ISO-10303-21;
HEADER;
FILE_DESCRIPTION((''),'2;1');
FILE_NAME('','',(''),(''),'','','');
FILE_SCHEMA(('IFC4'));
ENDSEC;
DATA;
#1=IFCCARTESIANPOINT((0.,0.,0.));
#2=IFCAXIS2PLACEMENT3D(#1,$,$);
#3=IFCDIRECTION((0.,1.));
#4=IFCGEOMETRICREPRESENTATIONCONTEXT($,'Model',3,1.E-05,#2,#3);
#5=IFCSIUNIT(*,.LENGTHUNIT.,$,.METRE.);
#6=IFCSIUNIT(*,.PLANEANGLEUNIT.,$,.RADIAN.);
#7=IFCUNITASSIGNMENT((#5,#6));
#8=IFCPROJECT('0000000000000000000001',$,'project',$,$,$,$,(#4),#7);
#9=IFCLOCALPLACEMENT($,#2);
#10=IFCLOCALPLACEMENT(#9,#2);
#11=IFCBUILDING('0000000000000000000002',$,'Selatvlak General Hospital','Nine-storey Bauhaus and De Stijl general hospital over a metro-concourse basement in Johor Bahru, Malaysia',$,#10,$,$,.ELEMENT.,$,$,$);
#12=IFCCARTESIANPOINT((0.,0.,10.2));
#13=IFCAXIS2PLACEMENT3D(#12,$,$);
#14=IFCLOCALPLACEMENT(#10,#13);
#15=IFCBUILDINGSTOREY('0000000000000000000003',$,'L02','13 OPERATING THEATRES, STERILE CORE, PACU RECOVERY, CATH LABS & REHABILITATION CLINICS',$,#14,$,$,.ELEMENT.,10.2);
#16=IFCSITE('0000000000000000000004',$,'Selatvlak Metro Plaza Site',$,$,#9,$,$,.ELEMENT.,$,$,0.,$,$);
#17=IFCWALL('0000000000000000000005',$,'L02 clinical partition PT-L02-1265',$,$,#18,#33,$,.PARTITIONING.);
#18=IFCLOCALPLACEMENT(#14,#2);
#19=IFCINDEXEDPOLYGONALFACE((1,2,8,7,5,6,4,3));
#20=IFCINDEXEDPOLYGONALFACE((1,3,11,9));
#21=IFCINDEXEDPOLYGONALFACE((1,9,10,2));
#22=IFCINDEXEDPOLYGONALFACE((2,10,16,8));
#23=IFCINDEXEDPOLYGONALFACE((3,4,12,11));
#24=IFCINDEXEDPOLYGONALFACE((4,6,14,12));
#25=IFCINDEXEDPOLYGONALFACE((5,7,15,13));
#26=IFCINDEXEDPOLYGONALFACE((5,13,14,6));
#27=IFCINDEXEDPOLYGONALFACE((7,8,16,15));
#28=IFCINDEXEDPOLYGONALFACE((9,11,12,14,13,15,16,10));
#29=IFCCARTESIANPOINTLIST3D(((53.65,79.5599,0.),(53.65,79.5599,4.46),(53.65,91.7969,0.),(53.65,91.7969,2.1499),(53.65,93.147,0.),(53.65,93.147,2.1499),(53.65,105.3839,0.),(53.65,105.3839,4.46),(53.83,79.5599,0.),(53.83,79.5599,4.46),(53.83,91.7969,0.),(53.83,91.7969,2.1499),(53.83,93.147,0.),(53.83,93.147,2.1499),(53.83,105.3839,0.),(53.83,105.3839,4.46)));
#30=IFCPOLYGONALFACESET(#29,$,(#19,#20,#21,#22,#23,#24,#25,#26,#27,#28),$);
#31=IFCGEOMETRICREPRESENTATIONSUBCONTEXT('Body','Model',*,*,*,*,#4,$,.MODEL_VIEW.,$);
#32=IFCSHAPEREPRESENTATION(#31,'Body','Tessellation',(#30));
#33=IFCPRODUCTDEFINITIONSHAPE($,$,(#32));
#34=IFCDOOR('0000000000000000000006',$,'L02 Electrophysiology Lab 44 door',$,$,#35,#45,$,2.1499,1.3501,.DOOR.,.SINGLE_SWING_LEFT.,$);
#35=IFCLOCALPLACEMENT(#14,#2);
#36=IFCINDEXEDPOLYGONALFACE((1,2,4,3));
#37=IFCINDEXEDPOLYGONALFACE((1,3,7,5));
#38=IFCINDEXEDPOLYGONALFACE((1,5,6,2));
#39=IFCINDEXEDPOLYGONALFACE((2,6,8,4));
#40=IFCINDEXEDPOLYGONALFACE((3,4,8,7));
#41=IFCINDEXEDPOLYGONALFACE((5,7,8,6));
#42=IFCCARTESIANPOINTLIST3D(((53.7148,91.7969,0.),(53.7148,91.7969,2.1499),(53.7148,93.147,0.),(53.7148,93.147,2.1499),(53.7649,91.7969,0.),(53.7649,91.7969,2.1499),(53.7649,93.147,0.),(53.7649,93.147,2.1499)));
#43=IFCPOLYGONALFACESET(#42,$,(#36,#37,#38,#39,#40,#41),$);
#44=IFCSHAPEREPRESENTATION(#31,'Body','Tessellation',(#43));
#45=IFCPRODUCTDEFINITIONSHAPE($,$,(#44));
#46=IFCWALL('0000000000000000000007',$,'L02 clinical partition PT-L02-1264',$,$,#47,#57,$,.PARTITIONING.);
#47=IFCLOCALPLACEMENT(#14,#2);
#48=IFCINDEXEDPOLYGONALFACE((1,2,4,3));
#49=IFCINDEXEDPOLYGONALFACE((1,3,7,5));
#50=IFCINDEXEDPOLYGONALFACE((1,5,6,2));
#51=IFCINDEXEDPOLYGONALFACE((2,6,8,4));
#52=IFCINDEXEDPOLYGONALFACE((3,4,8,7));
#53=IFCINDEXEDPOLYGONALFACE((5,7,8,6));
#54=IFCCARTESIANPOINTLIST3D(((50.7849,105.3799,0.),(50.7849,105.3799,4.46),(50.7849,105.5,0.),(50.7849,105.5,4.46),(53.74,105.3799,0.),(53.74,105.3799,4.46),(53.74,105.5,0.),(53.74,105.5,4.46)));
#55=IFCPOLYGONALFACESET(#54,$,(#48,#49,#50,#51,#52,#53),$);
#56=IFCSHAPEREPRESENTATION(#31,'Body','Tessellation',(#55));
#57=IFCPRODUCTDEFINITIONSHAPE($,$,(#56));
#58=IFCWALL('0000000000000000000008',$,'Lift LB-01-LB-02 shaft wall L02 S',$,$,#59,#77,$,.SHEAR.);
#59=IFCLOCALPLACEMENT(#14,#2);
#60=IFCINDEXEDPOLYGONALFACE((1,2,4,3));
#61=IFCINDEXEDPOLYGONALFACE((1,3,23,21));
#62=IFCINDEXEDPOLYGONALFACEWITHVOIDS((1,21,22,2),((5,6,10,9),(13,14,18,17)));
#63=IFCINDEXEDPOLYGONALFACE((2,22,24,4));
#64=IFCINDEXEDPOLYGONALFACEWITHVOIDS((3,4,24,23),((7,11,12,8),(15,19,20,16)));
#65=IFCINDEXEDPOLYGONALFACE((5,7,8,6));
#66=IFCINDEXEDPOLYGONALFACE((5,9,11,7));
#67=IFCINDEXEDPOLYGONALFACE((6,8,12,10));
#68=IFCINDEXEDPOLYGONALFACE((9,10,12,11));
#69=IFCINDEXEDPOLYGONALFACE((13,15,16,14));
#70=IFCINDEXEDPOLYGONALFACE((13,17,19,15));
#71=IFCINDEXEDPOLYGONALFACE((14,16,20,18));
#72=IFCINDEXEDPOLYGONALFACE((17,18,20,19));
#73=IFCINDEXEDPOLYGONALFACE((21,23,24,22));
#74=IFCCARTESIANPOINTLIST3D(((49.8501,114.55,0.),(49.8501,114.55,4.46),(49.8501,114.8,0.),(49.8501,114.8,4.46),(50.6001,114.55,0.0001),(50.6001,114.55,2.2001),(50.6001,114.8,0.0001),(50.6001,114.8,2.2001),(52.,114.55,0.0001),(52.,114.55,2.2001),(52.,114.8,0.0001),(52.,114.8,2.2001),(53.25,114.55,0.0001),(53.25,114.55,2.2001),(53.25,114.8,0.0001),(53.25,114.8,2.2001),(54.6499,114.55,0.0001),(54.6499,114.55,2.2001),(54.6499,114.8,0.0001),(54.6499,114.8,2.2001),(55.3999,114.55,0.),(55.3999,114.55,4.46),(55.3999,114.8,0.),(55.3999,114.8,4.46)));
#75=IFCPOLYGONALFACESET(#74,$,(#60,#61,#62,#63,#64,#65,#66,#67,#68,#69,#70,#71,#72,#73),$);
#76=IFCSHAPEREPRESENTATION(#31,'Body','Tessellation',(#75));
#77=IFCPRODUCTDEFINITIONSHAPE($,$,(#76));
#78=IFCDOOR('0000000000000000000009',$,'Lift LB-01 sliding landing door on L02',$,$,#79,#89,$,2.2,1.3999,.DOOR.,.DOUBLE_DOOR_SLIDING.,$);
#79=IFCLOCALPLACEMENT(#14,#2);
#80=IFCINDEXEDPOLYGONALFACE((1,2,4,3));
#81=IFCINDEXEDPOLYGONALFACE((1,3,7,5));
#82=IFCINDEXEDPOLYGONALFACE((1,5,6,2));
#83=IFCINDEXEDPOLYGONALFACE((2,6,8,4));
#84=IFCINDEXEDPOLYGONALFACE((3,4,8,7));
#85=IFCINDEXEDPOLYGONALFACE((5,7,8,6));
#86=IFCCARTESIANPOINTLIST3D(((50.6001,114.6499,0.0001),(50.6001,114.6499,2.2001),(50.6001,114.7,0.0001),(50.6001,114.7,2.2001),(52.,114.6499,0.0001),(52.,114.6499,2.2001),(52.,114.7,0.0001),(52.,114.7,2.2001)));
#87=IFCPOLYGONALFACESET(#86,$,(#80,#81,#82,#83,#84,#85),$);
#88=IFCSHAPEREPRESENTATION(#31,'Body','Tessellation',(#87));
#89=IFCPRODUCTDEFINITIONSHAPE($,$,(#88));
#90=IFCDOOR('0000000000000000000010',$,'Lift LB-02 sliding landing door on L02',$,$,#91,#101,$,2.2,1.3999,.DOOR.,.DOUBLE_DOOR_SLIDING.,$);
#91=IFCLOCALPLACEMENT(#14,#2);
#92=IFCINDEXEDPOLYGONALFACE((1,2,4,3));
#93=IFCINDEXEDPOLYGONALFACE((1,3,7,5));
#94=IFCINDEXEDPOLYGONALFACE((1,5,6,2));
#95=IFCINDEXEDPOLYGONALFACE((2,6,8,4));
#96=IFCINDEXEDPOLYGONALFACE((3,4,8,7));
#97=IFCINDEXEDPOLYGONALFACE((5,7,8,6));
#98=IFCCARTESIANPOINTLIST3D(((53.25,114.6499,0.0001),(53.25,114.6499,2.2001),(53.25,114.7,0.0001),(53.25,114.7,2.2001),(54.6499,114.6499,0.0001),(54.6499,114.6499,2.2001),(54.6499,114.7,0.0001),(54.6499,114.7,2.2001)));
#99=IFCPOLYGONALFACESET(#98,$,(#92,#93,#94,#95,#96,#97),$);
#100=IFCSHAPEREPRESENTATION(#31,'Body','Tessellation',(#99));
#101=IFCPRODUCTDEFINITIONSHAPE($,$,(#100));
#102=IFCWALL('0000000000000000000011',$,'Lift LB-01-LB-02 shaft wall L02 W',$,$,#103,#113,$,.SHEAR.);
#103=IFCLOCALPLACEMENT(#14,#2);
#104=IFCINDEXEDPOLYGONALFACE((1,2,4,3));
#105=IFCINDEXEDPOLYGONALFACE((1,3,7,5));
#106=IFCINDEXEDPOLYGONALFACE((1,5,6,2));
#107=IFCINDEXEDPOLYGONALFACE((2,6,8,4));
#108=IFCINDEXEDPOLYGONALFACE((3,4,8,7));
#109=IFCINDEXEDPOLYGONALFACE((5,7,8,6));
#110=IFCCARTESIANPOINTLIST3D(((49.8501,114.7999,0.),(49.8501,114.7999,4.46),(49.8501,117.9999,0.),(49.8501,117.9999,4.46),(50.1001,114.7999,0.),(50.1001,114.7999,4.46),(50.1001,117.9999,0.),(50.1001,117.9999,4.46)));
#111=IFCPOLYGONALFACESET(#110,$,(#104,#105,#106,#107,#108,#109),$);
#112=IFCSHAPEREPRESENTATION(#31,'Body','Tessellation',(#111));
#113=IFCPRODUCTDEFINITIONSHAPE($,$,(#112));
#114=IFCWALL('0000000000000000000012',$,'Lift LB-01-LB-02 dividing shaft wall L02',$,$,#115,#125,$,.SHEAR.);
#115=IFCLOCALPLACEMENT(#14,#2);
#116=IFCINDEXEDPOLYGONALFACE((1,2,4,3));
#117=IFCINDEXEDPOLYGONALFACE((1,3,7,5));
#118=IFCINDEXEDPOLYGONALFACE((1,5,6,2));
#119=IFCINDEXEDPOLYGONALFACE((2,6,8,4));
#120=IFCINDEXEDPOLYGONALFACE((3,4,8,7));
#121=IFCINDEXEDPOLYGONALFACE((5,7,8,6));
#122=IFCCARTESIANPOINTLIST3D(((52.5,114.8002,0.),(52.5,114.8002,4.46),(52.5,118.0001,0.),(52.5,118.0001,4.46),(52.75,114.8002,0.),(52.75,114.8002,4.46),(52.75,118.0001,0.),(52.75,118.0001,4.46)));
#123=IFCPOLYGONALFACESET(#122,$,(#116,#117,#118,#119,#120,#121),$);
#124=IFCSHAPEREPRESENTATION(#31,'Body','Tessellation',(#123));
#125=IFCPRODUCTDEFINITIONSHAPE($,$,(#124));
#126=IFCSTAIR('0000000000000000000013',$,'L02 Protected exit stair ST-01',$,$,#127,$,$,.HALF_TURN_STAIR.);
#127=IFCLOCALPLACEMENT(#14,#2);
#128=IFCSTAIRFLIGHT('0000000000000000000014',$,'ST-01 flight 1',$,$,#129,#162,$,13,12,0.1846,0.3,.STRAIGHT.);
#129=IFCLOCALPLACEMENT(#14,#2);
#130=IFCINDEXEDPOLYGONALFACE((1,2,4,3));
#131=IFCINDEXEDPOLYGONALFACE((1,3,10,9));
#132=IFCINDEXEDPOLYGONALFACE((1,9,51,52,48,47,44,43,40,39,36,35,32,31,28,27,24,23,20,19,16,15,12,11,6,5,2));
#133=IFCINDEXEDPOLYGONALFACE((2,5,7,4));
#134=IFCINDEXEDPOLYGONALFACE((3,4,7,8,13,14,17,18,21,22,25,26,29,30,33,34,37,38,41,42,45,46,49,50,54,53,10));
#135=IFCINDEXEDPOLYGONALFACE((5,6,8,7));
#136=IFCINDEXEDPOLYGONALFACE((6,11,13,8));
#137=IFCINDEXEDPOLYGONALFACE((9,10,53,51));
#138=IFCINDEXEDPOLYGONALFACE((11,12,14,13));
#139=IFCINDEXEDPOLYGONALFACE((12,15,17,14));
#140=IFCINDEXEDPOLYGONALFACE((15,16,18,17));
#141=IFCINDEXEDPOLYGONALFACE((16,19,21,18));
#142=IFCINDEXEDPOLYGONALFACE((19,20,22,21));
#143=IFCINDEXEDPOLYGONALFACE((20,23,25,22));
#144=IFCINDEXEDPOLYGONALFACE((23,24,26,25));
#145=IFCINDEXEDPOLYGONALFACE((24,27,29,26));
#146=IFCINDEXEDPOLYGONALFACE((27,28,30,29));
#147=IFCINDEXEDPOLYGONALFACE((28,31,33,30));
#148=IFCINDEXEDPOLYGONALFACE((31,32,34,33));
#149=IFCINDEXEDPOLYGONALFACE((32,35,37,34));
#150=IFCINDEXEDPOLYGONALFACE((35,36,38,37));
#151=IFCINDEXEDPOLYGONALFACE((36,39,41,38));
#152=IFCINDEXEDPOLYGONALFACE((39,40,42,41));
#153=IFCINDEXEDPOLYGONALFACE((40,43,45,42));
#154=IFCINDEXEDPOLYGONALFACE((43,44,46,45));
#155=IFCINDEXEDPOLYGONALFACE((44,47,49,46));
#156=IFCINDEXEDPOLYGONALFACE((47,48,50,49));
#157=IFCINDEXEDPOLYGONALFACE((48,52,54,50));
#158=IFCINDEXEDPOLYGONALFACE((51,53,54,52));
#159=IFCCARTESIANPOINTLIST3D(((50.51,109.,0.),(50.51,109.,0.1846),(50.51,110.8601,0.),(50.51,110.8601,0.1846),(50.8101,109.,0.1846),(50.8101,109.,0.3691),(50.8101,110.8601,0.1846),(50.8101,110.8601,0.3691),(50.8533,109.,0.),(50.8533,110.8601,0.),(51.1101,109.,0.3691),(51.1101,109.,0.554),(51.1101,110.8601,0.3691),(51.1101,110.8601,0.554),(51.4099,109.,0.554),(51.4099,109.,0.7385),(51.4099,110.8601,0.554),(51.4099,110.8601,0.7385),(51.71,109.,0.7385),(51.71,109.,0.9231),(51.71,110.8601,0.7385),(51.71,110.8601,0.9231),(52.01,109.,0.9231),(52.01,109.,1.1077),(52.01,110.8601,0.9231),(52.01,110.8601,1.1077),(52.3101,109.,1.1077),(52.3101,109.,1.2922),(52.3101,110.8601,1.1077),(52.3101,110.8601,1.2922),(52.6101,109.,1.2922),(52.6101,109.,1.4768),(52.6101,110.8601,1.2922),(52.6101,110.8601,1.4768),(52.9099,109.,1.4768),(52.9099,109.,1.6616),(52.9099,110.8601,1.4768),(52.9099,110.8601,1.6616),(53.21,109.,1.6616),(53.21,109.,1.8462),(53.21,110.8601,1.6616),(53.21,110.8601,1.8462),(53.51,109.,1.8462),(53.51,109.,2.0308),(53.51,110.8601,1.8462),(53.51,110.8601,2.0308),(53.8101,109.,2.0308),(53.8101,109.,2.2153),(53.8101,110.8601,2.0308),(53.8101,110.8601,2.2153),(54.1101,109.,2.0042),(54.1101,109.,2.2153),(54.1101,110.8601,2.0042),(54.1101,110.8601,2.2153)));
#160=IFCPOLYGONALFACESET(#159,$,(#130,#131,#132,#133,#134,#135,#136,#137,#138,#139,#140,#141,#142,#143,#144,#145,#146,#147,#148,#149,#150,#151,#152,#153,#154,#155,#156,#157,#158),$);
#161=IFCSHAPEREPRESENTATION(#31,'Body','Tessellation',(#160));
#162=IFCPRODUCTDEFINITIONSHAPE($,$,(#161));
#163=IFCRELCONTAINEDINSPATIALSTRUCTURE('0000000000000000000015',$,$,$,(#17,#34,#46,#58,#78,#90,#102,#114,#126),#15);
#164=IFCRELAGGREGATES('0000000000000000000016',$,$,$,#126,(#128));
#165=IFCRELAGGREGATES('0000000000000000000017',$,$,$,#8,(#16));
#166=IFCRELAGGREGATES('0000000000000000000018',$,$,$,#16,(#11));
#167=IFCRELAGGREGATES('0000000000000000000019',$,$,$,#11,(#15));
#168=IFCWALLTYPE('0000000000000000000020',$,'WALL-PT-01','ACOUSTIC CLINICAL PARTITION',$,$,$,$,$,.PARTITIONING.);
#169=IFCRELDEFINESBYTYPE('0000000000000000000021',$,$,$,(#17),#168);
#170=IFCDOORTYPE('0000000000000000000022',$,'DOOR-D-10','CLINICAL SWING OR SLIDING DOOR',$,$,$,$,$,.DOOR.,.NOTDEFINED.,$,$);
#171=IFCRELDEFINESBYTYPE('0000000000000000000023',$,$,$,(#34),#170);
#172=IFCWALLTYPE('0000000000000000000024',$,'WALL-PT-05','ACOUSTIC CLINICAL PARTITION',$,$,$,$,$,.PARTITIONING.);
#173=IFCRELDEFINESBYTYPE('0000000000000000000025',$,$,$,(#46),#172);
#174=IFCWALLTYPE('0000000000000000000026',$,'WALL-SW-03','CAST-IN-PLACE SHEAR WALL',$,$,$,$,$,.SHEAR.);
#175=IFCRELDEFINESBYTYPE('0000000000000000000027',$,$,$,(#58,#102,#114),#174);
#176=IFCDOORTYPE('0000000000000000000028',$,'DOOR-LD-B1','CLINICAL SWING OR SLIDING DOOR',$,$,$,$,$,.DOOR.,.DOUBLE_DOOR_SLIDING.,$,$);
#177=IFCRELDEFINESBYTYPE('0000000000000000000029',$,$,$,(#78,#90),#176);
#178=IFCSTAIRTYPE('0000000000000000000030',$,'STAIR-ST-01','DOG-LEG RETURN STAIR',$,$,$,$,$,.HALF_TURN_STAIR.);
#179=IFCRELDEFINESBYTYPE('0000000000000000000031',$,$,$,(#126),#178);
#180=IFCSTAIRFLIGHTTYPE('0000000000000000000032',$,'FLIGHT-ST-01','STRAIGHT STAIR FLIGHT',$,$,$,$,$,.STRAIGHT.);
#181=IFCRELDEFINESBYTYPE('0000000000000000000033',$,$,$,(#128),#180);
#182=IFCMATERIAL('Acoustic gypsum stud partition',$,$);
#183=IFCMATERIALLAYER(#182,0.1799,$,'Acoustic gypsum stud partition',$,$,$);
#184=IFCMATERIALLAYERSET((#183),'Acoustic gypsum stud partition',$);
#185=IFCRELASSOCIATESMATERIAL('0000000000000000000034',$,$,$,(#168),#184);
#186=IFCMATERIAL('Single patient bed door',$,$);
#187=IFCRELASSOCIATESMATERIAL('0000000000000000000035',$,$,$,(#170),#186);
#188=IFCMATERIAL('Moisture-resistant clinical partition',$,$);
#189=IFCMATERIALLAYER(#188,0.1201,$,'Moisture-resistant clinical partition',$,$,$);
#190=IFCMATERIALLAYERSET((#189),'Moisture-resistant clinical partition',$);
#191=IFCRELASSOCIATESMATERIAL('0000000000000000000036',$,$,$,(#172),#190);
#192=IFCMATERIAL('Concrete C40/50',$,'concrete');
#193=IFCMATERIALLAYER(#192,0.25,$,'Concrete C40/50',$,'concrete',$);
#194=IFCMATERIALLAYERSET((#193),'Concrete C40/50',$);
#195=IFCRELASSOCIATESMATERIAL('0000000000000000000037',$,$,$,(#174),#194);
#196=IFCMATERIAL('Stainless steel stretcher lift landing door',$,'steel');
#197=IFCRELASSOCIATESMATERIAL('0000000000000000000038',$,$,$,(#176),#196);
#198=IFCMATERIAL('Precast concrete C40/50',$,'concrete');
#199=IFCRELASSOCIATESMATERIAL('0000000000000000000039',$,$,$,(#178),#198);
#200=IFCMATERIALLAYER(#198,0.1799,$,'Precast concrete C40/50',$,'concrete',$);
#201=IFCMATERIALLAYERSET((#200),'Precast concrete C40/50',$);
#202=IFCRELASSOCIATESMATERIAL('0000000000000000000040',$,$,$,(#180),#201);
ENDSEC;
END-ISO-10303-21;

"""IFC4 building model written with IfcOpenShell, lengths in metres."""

from ifc_helpers import new_model, si_unit, direction, frame, frame_2d, origin, place, context, subcontext, project, spatial, polyline, rectangle, outline, extrude, material, layer, layer_set, type_object, element, fill, aggregate, save


model = new_model("IFC4")

# Units and contexts
model_context = context("Model", 3, precision=1e-05, world=origin(), true_north=direction((0.0, 1.0)))
body_context = subcontext(model_context, "Body", "Model", "MODEL_VIEW")
ifc_project = project(units=[si_unit("LENGTHUNIT", "METRE"), si_unit("PLANEANGLEUNIT", "RADIAN")], contexts=[model_context])

# Site, building, storey
site_placement = place(None, origin())
site = spatial("IfcSite", under=ifc_project, at=site_placement, Name="Selatvlak Metro Plaza Site", CompositionType="ELEMENT", RefElevation=0.0)
building_placement = place(site_placement, origin())
building = spatial("IfcBuilding", under=site, at=building_placement, Name="Selatvlak General Hospital", Description="Nine-storey Bauhaus and De Stijl general hospital over a metro-concourse basement in Johor Bahru, Malaysia", CompositionType="ELEMENT")
storey_placement = place(building_placement, frame((0.0, 0.0, 10.2)))
storey = spatial("IfcBuildingStorey", under=building, at=storey_placement, Name="L02", Description="13 OPERATING THEATRES, STERILE CORE, PACU RECOVERY, CATH LABS & REHABILITATION CLINICS", CompositionType="ELEMENT", Elevation=10.2)

# Wall, opening, door
ifc_material_1 = material(Name="Acoustic gypsum stud partition")
ifc_layer_1 = layer(ifc_material_1, 0.1799, Name="Acoustic gypsum stud partition")
ifc_layer_set_1 = layer_set([ifc_layer_1], Name="Acoustic gypsum stud partition")
wall_type_1 = type_object("IfcWallType", Name="WALL-PT-01", Description="ACOUSTIC CLINICAL PARTITION", PredefinedType="PARTITIONING", material=ifc_layer_set_1)
wall_1_placement = place(storey_placement, frame((53.74, 105.384, 0.0), z_axis=(0.0, 0.0, 1.0), x_axis=(0.0, -1.0, 0.0)))
wall_1 = element("IfcWall", 1, at=wall_1_placement, inside=storey, type_object=wall_type_1, Name="L02 clinical partition PT-L02-1265", PredefinedType="PARTITIONING", context=body_context, shape_type="SweptSolid", body=[
    extrude(rectangle(XDim=25.824, YDim=0.1799, at=frame_2d((12.9121, 0.0))), origin(), (0.0, 0.0, 1.0), 4.46),
])
opening_1_placement = place(wall_1_placement, frame((12.2371, 0.0, 0.0)))
opening_1 = element("IfcOpeningElement", 2, at=opening_1_placement, cuts=wall_1, PredefinedType="OPENING", context=body_context, shape_type="SweptSolid", body=[
    extrude(rectangle(XDim=1.3501, YDim=2.1499, at=frame_2d((0.675, 1.075))), frame((0.0, 0.0999, 0.0), z_axis=(0.0, -1.0, 0.0), x_axis=(1.0, 0.0, 0.0)), (0.0, 0.0, 1.0), 0.2),
])
ifc_material_2 = material(Name="Single patient bed door")
door_type_1 = type_object("IfcDoorType", Name="DOOR-D-10", Description="CLINICAL SWING OR SLIDING DOOR", OperationType="NOTDEFINED", PredefinedType="DOOR", material=ifc_material_2)
door_1_placement = place(opening_1_placement, origin())
door_1 = element("IfcDoor", 3, at=door_1_placement, inside=storey, type_object=door_type_1, Name="L02 Electrophysiology Lab 44 door", OperationType="SINGLE_SWING_LEFT", OverallHeight=2.1499, OverallWidth=1.3501, PredefinedType="DOOR", context=body_context, shape_type="SweptSolid", body=[
    extrude(rectangle(XDim=1.3501, YDim=2.1499, at=frame_2d((0.675, 1.075))), frame((0.0, 0.0249, 0.0), z_axis=(0.0, -1.0, 0.0), x_axis=(1.0, 0.0, 0.0)), (0.0, 0.0, 1.0), 0.05),
])
fill(opening_1, door_1)

# Wall
ifc_material_3 = material(Name="Moisture-resistant clinical partition")
ifc_layer_2 = layer(ifc_material_3, 0.1201, Name="Moisture-resistant clinical partition")
ifc_layer_set_2 = layer_set([ifc_layer_2], Name="Moisture-resistant clinical partition")
wall_type_2 = type_object("IfcWallType", Name="WALL-PT-05", Description="ACOUSTIC CLINICAL PARTITION", PredefinedType="PARTITIONING", material=ifc_layer_set_2)
wall_2_placement = place(storey_placement, frame((50.7849, 105.4399, 0.0), z_axis=(0.0, 0.0, 1.0), x_axis=(1.0, 0.0, 0.0)))
element("IfcWall", 4, at=wall_2_placement, inside=storey, type_object=wall_type_2, Name="L02 clinical partition PT-L02-1264", PredefinedType="PARTITIONING", context=body_context, shape_type="SweptSolid", body=[
    extrude(rectangle(XDim=2.9551, YDim=0.1201, at=frame_2d((1.4775, 0.0))), origin(), (0.0, 0.0, 1.0), 4.46),
])

# Wall, openings, doors
ifc_material_4 = material(Name="Concrete C40/50", Category="concrete")
ifc_layer_3 = layer(ifc_material_4, 0.25, Name="Concrete C40/50", Category="concrete")
ifc_layer_set_3 = layer_set([ifc_layer_3], Name="Concrete C40/50")
wall_type_3 = type_object("IfcWallType", Name="WALL-SW-03", Description="CAST-IN-PLACE SHEAR WALL", PredefinedType="SHEAR", material=ifc_layer_set_3)
wall_3_placement = place(storey_placement, frame((49.8501, 114.675, 0.0), z_axis=(0.0, 0.0, 1.0), x_axis=(1.0, 0.0, 0.0)))
wall_3 = element("IfcWall", 5, at=wall_3_placement, inside=storey, type_object=wall_type_3, Name="Lift LB-01-LB-02 shaft wall L02 S", PredefinedType="SHEAR", context=body_context, shape_type="SweptSolid", body=[
    extrude(rectangle(XDim=5.5498, YDim=0.25, at=frame_2d((2.7749, 0.0))), origin(), (0.0, 0.0, 1.0), 4.46),
])
opening_2_placement = place(wall_3_placement, frame((0.75, 0.0, 0.0)))
opening_2 = element("IfcOpeningElement", 6, at=opening_2_placement, cuts=wall_3, PredefinedType="OPENING", context=body_context, shape_type="SweptSolid", body=[
    extrude(rectangle(XDim=1.3999, YDim=2.2, at=frame_2d((0.7, 1.1001))), frame((0.0, 0.135, 0.0), z_axis=(0.0, -1.0, 0.0), x_axis=(1.0, 0.0, 0.0)), (0.0, 0.0, 1.0), 0.27),
])
opening_3_placement = place(wall_3_placement, frame((3.3999, 0.0, 0.0)))
opening_3 = element("IfcOpeningElement", 7, at=opening_3_placement, cuts=wall_3, PredefinedType="OPENING", context=body_context, shape_type="SweptSolid", body=[
    extrude(rectangle(XDim=1.3999, YDim=2.2, at=frame_2d((0.7, 1.1001))), frame((0.0, 0.135, 0.0), z_axis=(0.0, -1.0, 0.0), x_axis=(1.0, 0.0, 0.0)), (0.0, 0.0, 1.0), 0.27),
])
ifc_material_5 = material(Name="Stainless steel stretcher lift landing door", Category="steel")
door_type_2 = type_object("IfcDoorType", Name="DOOR-LD-B1", Description="CLINICAL SWING OR SLIDING DOOR", OperationType="DOUBLE_DOOR_SLIDING", PredefinedType="DOOR", material=ifc_material_5)
door_2_placement = place(opening_2_placement, origin())
door_2 = element("IfcDoor", 8, at=door_2_placement, inside=storey, type_object=door_type_2, Name="Lift LB-01 sliding landing door on L02", OperationType="DOUBLE_DOOR_SLIDING", OverallHeight=2.2, OverallWidth=1.3999, PredefinedType="DOOR", context=body_context, shape_type="SweptSolid", body=[
    extrude(rectangle(XDim=1.3999, YDim=2.2, at=frame_2d((0.7, 1.1001))), frame((0.0, 0.0249, 0.0), z_axis=(0.0, -1.0, 0.0), x_axis=(1.0, 0.0, 0.0)), (0.0, 0.0, 1.0), 0.05),
])
fill(opening_2, door_2)
door_3_placement = place(opening_3_placement, origin())
door_3 = element("IfcDoor", 9, at=door_3_placement, inside=storey, type_object=door_type_2, Name="Lift LB-02 sliding landing door on L02", OperationType="DOUBLE_DOOR_SLIDING", OverallHeight=2.2, OverallWidth=1.3999, PredefinedType="DOOR", context=body_context, shape_type="SweptSolid", body=[
    extrude(rectangle(XDim=1.3999, YDim=2.2, at=frame_2d((0.7, 1.1001))), frame((0.0, 0.0249, 0.0), z_axis=(0.0, -1.0, 0.0), x_axis=(1.0, 0.0, 0.0)), (0.0, 0.0, 1.0), 0.05),
])
fill(opening_3, door_3)

# Walls
for number, where, z_axis, x_axis, name in (
    (10, (49.9751, 118.0, 0.0), (0.0, 0.0, 1.0), (0.0, -1.0, 0.0), "Lift LB-01-LB-02 shaft wall L02 W"),
    (11, (52.625, 114.8, 0.0), (0.0, 0.0, 1.0), (0.0, 1.0, 0.0), "Lift LB-01-LB-02 dividing shaft wall L02"),
):
    element("IfcWall", number, at=place(storey_placement, frame(where, z_axis=z_axis, x_axis=x_axis)), inside=storey, type_object=wall_type_3, Name=name, PredefinedType="SHEAR", context=body_context, shape_type="SweptSolid", body=[
        extrude(rectangle(XDim=3.2, YDim=0.25, at=frame_2d((1.6001, 0.0))), origin(), (0.0, 0.0, 1.0), 4.46),
    ])

# Stair, stair flight
ifc_material_6 = material(Name="Precast concrete C40/50", Category="concrete")
stair_type = type_object("IfcStairType", Name="STAIR-ST-01", Description="DOG-LEG RETURN STAIR", PredefinedType="HALF_TURN_STAIR", material=ifc_material_6)
stair_placement = place(storey_placement, origin())
stair = element("IfcStair", 12, at=stair_placement, inside=storey, type_object=stair_type, Name="L02 Protected exit stair ST-01", PredefinedType="HALF_TURN_STAIR")
ifc_layer_4 = layer(ifc_material_6, 0.1799, Name="Precast concrete C40/50", Category="concrete")
ifc_layer_set_4 = layer_set([ifc_layer_4], Name="Precast concrete C40/50")
stair_flight_type = type_object("IfcStairFlightType", Name="FLIGHT-ST-01", Description="STRAIGHT STAIR FLIGHT", PredefinedType="STRAIGHT", material=ifc_layer_set_4)
stair_flight_1_placement = place(storey_placement, frame((50.51, 109.9299, 0.0), z_axis=(0.0, 0.0, 1.0), x_axis=(1.0, 0.0, 0.0)))
stair_flight_1 = element("IfcStairFlight", 13, at=stair_flight_1_placement, type_object=stair_flight_type, Name="ST-01 flight 1", NumberOfRisers=13, NumberOfTreads=12, PredefinedType="STRAIGHT", RiserHeight=0.1846, TreadLength=0.3, context=body_context, shape_type="SweptSolid", body=[
    extrude(outline(polyline([(0.0, 0.0), (0.0, 0.1846), (0.3, 0.1846), (0.3, 0.3691), (0.6001, 0.3691), (0.6001, 0.554), (0.8999, 0.554), (0.8999, 0.7385), (1.2, 0.7385), (1.2, 0.9231), (1.5, 0.9231), (1.5, 1.1077), (1.8, 1.1077), (1.8, 1.2922), (2.1001, 1.2922), (2.1001, 1.4768), (2.3999, 1.4768), (2.3999, 1.6616), (2.7, 1.6616), (2.7, 1.8462), (3.0, 1.8462), (3.0, 2.0308), (3.3, 2.0308), (3.3, 2.2153), (3.6001, 2.2153), (3.6001, 2.3999), (3.6001, 2.0042), (0.3433, 0.0), (0.0, 0.0)])), frame((0.0, 0.9302, 0.0), z_axis=(0.0, -1.0, 0.0), x_axis=(1.0, 0.0, 0.0)), (0.0, 0.0, 1.0), 1.8601),
])
aggregate(stair, [stair_flight_1])

save(model, "model.ifc")
